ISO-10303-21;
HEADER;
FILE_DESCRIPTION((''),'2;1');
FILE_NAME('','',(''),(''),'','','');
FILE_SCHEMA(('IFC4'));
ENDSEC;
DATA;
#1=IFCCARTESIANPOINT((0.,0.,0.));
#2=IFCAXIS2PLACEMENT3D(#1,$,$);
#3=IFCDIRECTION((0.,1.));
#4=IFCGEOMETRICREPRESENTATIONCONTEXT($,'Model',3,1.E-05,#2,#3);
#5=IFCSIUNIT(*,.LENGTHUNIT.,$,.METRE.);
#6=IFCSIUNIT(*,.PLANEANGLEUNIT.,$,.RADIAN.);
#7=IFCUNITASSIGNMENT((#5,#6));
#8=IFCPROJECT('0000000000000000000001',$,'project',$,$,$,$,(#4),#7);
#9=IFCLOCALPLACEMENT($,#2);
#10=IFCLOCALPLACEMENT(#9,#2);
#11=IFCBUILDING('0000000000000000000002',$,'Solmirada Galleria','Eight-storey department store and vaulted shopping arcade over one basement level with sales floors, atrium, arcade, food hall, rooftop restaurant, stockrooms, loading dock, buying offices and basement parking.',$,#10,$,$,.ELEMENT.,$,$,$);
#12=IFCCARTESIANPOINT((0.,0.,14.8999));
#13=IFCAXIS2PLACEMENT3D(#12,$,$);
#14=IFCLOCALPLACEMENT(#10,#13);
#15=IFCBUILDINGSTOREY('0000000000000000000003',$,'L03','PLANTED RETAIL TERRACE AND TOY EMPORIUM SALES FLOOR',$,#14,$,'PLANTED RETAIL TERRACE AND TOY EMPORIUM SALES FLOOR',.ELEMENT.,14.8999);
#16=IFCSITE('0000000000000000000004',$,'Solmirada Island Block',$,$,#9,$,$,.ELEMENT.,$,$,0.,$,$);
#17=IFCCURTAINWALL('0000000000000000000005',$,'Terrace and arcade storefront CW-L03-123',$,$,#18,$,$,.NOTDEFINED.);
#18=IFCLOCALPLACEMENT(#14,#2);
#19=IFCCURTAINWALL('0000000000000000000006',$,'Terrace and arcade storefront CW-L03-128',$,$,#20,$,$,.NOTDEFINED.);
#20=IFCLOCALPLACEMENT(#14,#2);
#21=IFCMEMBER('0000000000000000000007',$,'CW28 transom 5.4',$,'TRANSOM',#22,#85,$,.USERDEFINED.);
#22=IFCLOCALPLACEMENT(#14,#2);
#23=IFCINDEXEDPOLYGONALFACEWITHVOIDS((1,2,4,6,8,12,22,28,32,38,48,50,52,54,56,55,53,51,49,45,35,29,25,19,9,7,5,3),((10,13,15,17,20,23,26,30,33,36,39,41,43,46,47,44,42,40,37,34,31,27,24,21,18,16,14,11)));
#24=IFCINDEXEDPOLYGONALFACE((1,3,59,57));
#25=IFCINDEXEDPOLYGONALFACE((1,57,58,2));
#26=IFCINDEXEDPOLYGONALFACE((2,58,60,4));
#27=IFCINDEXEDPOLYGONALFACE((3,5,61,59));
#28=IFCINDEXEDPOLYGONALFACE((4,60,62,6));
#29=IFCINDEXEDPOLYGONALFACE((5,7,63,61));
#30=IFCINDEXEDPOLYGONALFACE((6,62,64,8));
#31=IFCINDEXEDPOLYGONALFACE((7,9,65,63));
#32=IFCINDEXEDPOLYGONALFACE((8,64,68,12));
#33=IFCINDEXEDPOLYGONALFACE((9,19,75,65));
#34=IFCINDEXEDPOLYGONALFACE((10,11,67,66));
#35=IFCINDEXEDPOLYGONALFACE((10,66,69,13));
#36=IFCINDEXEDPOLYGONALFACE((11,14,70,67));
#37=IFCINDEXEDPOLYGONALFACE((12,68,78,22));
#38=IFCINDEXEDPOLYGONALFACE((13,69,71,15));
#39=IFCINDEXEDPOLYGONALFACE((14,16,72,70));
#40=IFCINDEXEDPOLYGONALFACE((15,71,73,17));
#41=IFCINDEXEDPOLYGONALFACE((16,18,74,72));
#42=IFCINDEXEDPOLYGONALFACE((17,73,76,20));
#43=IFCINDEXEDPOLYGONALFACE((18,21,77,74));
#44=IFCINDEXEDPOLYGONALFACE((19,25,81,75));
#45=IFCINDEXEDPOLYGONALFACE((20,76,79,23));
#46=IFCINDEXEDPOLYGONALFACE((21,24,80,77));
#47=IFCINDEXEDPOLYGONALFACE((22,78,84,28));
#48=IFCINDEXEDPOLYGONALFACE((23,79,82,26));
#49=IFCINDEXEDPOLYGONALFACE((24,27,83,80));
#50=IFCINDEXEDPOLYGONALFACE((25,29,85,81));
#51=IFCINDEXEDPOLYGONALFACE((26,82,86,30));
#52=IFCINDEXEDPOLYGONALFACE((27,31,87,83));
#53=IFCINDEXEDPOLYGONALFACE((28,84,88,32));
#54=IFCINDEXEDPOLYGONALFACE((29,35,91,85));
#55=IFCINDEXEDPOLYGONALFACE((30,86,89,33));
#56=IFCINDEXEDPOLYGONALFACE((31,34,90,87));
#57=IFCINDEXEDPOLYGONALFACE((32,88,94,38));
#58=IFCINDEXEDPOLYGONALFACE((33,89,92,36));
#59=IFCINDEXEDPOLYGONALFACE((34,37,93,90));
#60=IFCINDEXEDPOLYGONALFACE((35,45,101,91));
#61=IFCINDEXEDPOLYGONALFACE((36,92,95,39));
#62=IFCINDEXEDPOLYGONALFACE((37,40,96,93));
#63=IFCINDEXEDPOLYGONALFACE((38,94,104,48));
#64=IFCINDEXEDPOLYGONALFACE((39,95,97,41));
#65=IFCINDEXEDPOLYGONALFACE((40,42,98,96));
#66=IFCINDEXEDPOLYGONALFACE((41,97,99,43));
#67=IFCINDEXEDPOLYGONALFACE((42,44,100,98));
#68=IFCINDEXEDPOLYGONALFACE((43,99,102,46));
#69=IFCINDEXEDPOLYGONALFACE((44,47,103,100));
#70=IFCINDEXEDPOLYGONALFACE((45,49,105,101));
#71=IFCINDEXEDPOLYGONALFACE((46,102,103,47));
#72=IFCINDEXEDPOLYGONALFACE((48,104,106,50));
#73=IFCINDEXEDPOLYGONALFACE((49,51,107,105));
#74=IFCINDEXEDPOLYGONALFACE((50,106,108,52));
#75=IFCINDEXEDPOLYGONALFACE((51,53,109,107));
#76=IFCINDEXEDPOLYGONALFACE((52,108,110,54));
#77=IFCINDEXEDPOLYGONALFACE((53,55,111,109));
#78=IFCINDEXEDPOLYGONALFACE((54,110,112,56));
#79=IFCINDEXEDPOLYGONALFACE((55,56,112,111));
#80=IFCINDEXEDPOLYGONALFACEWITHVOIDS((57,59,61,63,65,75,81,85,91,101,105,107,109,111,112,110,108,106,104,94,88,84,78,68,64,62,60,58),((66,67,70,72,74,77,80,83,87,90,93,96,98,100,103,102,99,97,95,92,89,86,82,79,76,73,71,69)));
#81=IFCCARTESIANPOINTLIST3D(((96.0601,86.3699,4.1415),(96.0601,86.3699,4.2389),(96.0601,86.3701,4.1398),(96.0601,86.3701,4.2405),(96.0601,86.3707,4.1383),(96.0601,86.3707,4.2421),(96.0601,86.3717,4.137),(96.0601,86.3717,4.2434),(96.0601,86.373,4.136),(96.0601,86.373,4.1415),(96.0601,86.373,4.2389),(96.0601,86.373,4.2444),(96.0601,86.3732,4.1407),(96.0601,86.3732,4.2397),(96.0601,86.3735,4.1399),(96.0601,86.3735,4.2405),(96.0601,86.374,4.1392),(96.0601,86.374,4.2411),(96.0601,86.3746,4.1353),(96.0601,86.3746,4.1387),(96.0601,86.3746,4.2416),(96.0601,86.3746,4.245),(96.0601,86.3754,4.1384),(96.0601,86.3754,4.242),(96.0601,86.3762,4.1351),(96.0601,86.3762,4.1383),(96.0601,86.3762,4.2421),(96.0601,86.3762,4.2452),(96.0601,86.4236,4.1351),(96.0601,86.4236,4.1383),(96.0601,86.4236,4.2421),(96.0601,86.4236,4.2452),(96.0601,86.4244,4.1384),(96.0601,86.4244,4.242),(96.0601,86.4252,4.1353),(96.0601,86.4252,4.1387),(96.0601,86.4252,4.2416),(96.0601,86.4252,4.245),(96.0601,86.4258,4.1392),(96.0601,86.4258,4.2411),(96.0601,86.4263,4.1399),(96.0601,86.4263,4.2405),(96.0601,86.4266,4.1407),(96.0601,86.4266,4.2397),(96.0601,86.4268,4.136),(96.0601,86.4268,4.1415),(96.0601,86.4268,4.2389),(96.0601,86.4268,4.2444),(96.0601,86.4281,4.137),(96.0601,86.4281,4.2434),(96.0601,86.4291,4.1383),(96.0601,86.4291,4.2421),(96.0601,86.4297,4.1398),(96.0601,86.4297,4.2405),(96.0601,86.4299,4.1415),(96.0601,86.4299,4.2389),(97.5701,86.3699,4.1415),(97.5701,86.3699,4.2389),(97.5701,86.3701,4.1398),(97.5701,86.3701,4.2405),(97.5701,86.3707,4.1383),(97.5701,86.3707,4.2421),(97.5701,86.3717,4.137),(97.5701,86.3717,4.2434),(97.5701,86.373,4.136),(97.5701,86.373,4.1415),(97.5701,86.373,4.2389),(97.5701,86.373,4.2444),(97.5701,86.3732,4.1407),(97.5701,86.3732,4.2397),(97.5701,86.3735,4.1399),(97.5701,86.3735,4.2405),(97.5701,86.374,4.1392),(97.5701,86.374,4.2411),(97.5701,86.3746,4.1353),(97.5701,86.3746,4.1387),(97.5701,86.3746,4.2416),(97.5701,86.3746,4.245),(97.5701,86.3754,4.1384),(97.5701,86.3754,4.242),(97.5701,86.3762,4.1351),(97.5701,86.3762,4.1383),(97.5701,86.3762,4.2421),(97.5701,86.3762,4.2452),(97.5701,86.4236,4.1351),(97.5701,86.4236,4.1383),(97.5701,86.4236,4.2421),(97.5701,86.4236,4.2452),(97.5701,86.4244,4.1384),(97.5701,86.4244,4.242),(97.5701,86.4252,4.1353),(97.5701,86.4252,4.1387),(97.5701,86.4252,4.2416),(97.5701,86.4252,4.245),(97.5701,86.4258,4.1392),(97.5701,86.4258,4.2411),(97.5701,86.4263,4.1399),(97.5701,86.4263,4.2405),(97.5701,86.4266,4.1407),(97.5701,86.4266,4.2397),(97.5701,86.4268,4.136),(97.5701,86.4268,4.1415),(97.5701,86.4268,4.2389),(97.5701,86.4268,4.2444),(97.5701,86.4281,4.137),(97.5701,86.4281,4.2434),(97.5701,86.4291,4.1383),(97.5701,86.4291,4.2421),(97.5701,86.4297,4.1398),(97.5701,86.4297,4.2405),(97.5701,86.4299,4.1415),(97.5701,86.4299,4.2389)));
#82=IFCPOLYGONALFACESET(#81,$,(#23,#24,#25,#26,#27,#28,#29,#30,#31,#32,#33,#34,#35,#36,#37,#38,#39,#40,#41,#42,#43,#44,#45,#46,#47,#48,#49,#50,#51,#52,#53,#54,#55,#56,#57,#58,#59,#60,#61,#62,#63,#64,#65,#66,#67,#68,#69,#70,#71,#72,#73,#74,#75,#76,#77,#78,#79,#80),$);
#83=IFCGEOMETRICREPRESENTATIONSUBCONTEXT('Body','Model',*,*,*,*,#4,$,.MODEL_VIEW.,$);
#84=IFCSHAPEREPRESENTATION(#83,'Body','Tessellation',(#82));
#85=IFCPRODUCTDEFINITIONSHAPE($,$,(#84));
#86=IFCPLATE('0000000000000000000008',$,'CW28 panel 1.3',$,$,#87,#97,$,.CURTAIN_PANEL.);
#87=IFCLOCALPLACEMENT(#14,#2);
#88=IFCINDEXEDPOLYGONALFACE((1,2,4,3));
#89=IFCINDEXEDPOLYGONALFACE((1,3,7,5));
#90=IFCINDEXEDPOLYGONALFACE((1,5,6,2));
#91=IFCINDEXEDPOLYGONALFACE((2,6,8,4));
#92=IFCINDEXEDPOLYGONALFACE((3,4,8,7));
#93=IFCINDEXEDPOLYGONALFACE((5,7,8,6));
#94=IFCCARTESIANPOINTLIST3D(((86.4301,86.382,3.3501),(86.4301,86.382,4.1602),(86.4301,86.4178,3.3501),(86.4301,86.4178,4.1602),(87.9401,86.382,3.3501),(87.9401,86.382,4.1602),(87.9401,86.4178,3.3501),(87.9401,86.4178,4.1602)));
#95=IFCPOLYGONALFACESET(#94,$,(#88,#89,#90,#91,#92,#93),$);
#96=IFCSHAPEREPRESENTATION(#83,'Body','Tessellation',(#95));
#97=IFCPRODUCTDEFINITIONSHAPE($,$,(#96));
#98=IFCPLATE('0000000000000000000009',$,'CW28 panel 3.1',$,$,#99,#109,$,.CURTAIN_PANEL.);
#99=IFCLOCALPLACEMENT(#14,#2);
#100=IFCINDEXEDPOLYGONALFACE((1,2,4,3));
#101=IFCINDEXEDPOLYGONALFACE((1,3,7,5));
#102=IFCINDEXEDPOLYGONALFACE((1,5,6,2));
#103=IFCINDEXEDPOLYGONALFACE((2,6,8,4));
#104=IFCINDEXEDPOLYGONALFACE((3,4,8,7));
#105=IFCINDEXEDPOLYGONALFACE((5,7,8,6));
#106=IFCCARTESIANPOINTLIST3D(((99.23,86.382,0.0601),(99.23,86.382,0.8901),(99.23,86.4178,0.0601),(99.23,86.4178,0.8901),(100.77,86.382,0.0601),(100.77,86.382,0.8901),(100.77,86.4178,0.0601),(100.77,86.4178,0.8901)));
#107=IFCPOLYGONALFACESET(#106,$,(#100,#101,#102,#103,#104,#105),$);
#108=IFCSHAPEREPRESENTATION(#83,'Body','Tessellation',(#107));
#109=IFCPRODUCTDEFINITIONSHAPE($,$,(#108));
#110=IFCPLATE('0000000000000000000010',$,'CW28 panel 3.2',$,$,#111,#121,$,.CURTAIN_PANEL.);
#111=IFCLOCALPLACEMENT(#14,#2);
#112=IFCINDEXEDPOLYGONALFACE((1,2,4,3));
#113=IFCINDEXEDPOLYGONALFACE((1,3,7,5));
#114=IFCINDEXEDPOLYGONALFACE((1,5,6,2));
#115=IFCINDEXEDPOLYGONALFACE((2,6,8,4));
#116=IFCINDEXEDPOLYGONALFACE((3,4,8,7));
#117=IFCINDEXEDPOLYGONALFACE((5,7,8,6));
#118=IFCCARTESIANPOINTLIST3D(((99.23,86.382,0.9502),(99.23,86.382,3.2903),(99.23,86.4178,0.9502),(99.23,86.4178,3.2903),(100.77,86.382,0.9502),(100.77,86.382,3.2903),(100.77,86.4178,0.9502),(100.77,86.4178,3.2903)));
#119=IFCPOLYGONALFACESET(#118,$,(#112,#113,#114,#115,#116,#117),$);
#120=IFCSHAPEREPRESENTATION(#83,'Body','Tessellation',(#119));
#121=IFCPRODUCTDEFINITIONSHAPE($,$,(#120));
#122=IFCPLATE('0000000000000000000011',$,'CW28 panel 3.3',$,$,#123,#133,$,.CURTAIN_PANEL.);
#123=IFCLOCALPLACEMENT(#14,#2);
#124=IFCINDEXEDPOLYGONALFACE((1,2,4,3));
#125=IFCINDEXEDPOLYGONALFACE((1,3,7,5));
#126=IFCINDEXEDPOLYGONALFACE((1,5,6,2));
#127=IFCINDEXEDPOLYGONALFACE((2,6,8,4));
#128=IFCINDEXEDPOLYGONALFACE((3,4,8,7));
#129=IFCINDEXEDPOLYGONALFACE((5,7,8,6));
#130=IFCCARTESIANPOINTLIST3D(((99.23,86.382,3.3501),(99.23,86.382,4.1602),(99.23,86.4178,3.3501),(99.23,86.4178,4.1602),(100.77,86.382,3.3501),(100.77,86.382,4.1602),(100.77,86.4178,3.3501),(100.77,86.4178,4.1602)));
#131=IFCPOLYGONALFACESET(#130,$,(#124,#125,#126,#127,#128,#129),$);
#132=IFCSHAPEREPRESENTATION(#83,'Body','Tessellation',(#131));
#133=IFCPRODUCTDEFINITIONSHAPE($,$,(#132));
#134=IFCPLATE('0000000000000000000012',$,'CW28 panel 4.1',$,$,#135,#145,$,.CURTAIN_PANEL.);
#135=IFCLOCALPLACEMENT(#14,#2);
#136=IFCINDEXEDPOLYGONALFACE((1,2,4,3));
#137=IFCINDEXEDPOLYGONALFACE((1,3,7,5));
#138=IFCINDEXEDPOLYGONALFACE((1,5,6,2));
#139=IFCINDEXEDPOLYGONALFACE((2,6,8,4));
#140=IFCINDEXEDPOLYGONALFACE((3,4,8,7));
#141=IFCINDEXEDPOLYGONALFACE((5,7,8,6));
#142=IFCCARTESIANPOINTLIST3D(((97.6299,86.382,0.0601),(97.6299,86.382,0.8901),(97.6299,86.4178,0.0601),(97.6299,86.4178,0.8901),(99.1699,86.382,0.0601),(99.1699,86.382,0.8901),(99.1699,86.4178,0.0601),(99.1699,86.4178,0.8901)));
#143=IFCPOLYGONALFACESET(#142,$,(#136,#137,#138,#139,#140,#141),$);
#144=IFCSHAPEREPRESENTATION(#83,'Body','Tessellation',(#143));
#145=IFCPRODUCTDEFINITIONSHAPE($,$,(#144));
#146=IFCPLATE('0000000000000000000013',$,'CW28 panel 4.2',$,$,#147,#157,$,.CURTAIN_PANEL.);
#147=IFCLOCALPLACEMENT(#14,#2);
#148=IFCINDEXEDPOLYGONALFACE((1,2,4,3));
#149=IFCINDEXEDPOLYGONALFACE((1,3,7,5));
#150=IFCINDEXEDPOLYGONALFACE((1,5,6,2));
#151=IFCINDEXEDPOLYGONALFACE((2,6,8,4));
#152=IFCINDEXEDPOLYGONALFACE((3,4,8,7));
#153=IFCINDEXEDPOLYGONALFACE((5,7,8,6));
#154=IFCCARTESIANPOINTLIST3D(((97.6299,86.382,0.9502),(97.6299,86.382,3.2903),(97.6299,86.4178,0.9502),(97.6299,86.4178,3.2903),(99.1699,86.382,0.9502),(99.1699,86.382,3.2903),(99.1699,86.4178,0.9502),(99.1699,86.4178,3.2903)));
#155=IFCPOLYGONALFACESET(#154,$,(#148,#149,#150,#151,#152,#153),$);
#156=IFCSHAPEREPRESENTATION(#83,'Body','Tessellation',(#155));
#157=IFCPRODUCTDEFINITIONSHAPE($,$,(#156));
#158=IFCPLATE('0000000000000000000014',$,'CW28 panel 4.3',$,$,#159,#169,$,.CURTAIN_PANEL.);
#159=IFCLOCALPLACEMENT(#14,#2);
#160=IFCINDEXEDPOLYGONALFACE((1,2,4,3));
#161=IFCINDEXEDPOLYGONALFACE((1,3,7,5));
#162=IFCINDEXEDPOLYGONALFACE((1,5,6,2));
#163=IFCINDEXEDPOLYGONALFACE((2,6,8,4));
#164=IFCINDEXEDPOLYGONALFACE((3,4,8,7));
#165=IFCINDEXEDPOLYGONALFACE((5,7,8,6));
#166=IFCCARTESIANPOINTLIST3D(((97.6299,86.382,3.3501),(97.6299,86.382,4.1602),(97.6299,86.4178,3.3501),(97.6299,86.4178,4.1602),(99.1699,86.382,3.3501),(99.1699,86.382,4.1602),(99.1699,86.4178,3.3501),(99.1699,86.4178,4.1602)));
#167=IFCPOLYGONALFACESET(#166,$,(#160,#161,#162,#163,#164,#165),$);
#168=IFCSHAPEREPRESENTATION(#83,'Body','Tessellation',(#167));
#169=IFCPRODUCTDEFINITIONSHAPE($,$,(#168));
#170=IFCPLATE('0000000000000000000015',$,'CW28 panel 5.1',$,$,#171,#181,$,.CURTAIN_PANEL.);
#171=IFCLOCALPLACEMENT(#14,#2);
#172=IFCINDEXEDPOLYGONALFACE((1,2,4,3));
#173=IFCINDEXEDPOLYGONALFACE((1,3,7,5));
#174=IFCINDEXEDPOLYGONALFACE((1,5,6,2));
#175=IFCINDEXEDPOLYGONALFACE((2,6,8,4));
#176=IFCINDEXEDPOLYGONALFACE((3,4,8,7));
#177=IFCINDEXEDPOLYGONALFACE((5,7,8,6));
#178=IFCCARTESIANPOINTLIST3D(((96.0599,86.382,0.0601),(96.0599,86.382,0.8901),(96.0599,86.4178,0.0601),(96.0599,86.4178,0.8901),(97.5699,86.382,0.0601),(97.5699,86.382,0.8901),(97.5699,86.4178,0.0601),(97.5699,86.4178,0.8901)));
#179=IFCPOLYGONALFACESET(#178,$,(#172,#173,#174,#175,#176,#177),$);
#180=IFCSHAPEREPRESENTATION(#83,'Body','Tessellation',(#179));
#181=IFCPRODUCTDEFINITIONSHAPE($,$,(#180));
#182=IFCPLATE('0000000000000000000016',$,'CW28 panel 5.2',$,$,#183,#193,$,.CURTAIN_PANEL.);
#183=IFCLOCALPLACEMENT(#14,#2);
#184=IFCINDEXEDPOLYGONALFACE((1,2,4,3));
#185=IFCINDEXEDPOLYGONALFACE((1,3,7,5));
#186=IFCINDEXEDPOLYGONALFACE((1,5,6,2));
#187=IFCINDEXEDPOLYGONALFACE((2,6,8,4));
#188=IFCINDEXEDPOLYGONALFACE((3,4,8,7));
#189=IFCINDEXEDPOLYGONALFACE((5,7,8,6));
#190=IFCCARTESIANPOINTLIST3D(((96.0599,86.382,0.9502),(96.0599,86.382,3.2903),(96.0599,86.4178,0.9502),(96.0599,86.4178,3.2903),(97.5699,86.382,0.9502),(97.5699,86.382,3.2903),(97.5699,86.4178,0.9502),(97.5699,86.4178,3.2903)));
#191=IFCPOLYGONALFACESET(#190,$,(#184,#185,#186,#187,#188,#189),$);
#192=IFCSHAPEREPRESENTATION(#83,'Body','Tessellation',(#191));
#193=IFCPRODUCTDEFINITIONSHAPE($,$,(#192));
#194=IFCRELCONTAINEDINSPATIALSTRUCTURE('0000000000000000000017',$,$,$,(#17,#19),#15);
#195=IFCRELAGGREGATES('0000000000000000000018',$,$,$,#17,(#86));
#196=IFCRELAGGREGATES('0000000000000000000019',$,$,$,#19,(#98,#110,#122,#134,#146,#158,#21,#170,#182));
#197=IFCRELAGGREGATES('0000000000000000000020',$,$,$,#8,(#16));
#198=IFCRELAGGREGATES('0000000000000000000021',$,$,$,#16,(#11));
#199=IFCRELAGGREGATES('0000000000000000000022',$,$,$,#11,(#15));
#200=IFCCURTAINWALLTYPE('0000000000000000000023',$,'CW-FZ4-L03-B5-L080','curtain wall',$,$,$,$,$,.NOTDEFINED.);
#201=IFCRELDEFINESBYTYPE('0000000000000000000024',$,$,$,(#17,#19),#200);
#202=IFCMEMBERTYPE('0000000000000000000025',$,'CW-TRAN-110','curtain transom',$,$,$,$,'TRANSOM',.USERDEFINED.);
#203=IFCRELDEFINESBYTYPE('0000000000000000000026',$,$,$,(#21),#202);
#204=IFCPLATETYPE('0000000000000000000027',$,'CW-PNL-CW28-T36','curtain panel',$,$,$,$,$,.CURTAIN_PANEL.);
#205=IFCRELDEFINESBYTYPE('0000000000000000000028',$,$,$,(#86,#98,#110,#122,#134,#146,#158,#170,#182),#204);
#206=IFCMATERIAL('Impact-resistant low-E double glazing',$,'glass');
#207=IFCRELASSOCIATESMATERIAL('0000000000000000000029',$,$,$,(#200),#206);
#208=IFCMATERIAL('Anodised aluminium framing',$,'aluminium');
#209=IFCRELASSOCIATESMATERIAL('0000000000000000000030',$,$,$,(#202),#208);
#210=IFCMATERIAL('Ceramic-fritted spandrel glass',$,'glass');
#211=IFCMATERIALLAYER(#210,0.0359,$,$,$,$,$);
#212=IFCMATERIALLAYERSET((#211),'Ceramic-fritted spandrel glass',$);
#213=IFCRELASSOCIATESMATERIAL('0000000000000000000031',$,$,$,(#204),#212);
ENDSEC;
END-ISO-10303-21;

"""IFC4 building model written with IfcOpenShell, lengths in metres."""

from ifc_helpers import new_model, si_unit, direction, frame, origin, origin_2d, place, context, subcontext, project, spatial, rectangle, hollow_rectangle, extrude, material, layer, layer_set, material_profile, profile_set, type_object, element, aggregate, save


model = new_model("IFC4")

# Units and contexts
model_context = context("Model", 3, precision=1e-05, world=origin(), true_north=direction((0.0, 1.0)))
body_context = subcontext(model_context, "Body", "Model", "MODEL_VIEW")
ifc_project = project(units=[si_unit("LENGTHUNIT", "METRE"), si_unit("PLANEANGLEUNIT", "RADIAN")], contexts=[model_context])

# Site, building, storey
site_placement = place(None, origin())
site = spatial("IfcSite", under=ifc_project, at=site_placement, Name="Solmirada Island Block", CompositionType="ELEMENT", RefElevation=0.0)
building_placement = place(site_placement, origin())
building = spatial("IfcBuilding", under=site, at=building_placement, Name="Solmirada Galleria", Description="Eight-storey department store and vaulted shopping arcade over one basement level with sales floors, atrium, arcade, food hall, rooftop restaurant, stockrooms, loading dock, buying offices and basement parking.", CompositionType="ELEMENT")
storey_placement = place(building_placement, frame((0.0, 0.0, 14.8999)))
storey = spatial("IfcBuildingStorey", under=building, at=storey_placement, Name="L03", Description="PLANTED RETAIL TERRACE AND TOY EMPORIUM SALES FLOOR", LongName="PLANTED RETAIL TERRACE AND TOY EMPORIUM SALES FLOOR", CompositionType="ELEMENT", Elevation=14.8999)

# Curtain wall
ifc_material_1 = material(Name="Impact-resistant low-E double glazing", Category="glass")
curtain_wall_type = type_object("IfcCurtainWallType", Name="CW-FZ4-L03-B5-L080", Description="curtain wall", PredefinedType="NOTDEFINED", material=ifc_material_1)
curtain_wall_1_placement = place(storey_placement, origin())
curtain_wall_1 = element("IfcCurtainWall", 1, at=curtain_wall_1_placement, inside=storey, type_object=curtain_wall_type, Name="Terrace and arcade storefront CW-L03-123", PredefinedType="NOTDEFINED")
ifc_material_2 = material(Name="Anodised aluminium framing", Category="aluminium")

# Curtain wall
curtain_wall_2_placement = place(storey_placement, origin())
curtain_wall_2 = element("IfcCurtainWall", 2, at=curtain_wall_2_placement, inside=storey, type_object=curtain_wall_type, Name="Terrace and arcade storefront CW-L03-128", PredefinedType="NOTDEFINED")

# Member
ifc_material_profile_1 = material_profile(ifc_material_2, hollow_rectangle(XDim=0.0601, YDim=0.1101, WallThickness=0.0032, InnerFilletRadius=0.0032, OuterFilletRadius=0.0063, at=origin_2d()), Name="ALU-TRAN-110X60")
ifc_profile_set_1 = profile_set([ifc_material_profile_1], Name="Anodised aluminium framing")
member_type_1 = type_object("IfcMemberType", Name="CW-TRAN-110", Description="curtain transom", ElementType="TRANSOM", PredefinedType="USERDEFINED", material=ifc_profile_set_1)
member_1_placement = place(storey_placement, frame((97.5701, 86.3999, 4.1902), z_axis=(-1.0, 0.0, 0.0), x_axis=(0.0, -1.0, 0.0)))
member_1 = element("IfcMember", 3, at=member_1_placement, type_object=member_type_1, Name="CW28 transom 5.4", ObjectType="TRANSOM", PredefinedType="USERDEFINED", context=body_context, shape_type="SweptSolid", body=[
    extrude(hollow_rectangle(XDim=0.0601, YDim=0.1101, WallThickness=0.0032, InnerFilletRadius=0.0032, OuterFilletRadius=0.0063, at=origin_2d()), origin(), (0.0, 0.0, 1.0), 1.51),
])

# Plates
ifc_material_3 = material(Name="Ceramic-fritted spandrel glass", Category="glass")
ifc_layer_1 = layer(ifc_material_3, 0.0359)
ifc_layer_set_1 = layer_set([ifc_layer_1], Name="Ceramic-fritted spandrel glass")
plate_type = type_object("IfcPlateType", Name="CW-PNL-CW28-T36", Description="curtain panel", PredefinedType="CURTAIN_PANEL", material=ifc_layer_set_1)
plate_1_placement = place(storey_placement, frame((87.1851, 86.3999, 3.3501), z_axis=(0.0, 0.0, 1.0), x_axis=(-1.0, 0.0, 0.0)))
plate_1 = element("IfcPlate", 4, at=plate_1_placement, type_object=plate_type, Name="CW28 panel 1.3", PredefinedType="CURTAIN_PANEL", context=body_context, shape_type="SweptSolid", body=[
    extrude(rectangle(XDim=1.51, YDim=0.0359, at=origin_2d()), origin(), (0.0, 0.0, 1.0), 0.8101),
])
aggregate(curtain_wall_1, [plate_1])
plate_2_placement = place(storey_placement, frame((100.0, 86.3999, 0.0601), z_axis=(0.0, 0.0, 1.0), x_axis=(-1.0, 0.0, 0.0)))
plate_2 = element("IfcPlate", 5, at=plate_2_placement, type_object=plate_type, Name="CW28 panel 3.1", PredefinedType="CURTAIN_PANEL", context=body_context, shape_type="SweptSolid", body=[
    extrude(rectangle(XDim=1.54, YDim=0.0359, at=origin_2d()), origin(), (0.0, 0.0, 1.0), 0.8301),
])
plate_3_placement = place(storey_placement, frame((100.0, 86.3999, 0.9502), z_axis=(0.0, 0.0, 1.0), x_axis=(-1.0, 0.0, 0.0)))
plate_3 = element("IfcPlate", 6, at=plate_3_placement, type_object=plate_type, Name="CW28 panel 3.2", PredefinedType="CURTAIN_PANEL", context=body_context, shape_type="SweptSolid", body=[
    extrude(rectangle(XDim=1.54, YDim=0.0359, at=origin_2d()), origin(), (0.0, 0.0, 1.0), 2.3401),
])
plate_4_placement = place(storey_placement, frame((100.0, 86.3999, 3.3501), z_axis=(0.0, 0.0, 1.0), x_axis=(-1.0, 0.0, 0.0)))
plate_4 = element("IfcPlate", 7, at=plate_4_placement, type_object=plate_type, Name="CW28 panel 3.3", PredefinedType="CURTAIN_PANEL", context=body_context, shape_type="SweptSolid", body=[
    extrude(rectangle(XDim=1.54, YDim=0.0359, at=origin_2d()), origin(), (0.0, 0.0, 1.0), 0.8101),
])
plate_5_placement = place(storey_placement, frame((98.3999, 86.3999, 0.0601), z_axis=(0.0, 0.0, 1.0), x_axis=(-1.0, 0.0, 0.0)))
plate_5 = element("IfcPlate", 8, at=plate_5_placement, type_object=plate_type, Name="CW28 panel 4.1", PredefinedType="CURTAIN_PANEL", context=body_context, shape_type="SweptSolid", body=[
    extrude(rectangle(XDim=1.54, YDim=0.0359, at=origin_2d()), origin(), (0.0, 0.0, 1.0), 0.8301),
])
plate_6_placement = place(storey_placement, frame((98.3999, 86.3999, 0.9502), z_axis=(0.0, 0.0, 1.0), x_axis=(-1.0, 0.0, 0.0)))
plate_6 = element("IfcPlate", 9, at=plate_6_placement, type_object=plate_type, Name="CW28 panel 4.2", PredefinedType="CURTAIN_PANEL", context=body_context, shape_type="SweptSolid", body=[
    extrude(rectangle(XDim=1.54, YDim=0.0359, at=origin_2d()), origin(), (0.0, 0.0, 1.0), 2.3401),
])
plate_7_placement = place(storey_placement, frame((98.3999, 86.3999, 3.3501), z_axis=(0.0, 0.0, 1.0), x_axis=(-1.0, 0.0, 0.0)))
plate_7 = element("IfcPlate", 10, at=plate_7_placement, type_object=plate_type, Name="CW28 panel 4.3", PredefinedType="CURTAIN_PANEL", context=body_context, shape_type="SweptSolid", body=[
    extrude(rectangle(XDim=1.54, YDim=0.0359, at=origin_2d()), origin(), (0.0, 0.0, 1.0), 0.8101),
])
plate_8_placement = place(storey_placement, frame((96.8149, 86.3999, 0.0601), z_axis=(0.0, 0.0, 1.0), x_axis=(-1.0, 0.0, 0.0)))
plate_8 = element("IfcPlate", 11, at=plate_8_placement, type_object=plate_type, Name="CW28 panel 5.1", PredefinedType="CURTAIN_PANEL", context=body_context, shape_type="SweptSolid", body=[
    extrude(rectangle(XDim=1.51, YDim=0.0359, at=origin_2d()), origin(), (0.0, 0.0, 1.0), 0.8301),
])
plate_9_placement = place(storey_placement, frame((96.8149, 86.3999, 0.9502), z_axis=(0.0, 0.0, 1.0), x_axis=(-1.0, 0.0, 0.0)))
plate_9 = element("IfcPlate", 12, at=plate_9_placement, type_object=plate_type, Name="CW28 panel 5.2", PredefinedType="CURTAIN_PANEL", context=body_context, shape_type="SweptSolid", body=[
    extrude(rectangle(XDim=1.51, YDim=0.0359, at=origin_2d()), origin(), (0.0, 0.0, 1.0), 2.3401),
])
aggregate(curtain_wall_2, [plate_2, plate_3, plate_4, plate_5, plate_6, plate_7, member_1, plate_8, plate_9])

save(model, "model.ifc")
